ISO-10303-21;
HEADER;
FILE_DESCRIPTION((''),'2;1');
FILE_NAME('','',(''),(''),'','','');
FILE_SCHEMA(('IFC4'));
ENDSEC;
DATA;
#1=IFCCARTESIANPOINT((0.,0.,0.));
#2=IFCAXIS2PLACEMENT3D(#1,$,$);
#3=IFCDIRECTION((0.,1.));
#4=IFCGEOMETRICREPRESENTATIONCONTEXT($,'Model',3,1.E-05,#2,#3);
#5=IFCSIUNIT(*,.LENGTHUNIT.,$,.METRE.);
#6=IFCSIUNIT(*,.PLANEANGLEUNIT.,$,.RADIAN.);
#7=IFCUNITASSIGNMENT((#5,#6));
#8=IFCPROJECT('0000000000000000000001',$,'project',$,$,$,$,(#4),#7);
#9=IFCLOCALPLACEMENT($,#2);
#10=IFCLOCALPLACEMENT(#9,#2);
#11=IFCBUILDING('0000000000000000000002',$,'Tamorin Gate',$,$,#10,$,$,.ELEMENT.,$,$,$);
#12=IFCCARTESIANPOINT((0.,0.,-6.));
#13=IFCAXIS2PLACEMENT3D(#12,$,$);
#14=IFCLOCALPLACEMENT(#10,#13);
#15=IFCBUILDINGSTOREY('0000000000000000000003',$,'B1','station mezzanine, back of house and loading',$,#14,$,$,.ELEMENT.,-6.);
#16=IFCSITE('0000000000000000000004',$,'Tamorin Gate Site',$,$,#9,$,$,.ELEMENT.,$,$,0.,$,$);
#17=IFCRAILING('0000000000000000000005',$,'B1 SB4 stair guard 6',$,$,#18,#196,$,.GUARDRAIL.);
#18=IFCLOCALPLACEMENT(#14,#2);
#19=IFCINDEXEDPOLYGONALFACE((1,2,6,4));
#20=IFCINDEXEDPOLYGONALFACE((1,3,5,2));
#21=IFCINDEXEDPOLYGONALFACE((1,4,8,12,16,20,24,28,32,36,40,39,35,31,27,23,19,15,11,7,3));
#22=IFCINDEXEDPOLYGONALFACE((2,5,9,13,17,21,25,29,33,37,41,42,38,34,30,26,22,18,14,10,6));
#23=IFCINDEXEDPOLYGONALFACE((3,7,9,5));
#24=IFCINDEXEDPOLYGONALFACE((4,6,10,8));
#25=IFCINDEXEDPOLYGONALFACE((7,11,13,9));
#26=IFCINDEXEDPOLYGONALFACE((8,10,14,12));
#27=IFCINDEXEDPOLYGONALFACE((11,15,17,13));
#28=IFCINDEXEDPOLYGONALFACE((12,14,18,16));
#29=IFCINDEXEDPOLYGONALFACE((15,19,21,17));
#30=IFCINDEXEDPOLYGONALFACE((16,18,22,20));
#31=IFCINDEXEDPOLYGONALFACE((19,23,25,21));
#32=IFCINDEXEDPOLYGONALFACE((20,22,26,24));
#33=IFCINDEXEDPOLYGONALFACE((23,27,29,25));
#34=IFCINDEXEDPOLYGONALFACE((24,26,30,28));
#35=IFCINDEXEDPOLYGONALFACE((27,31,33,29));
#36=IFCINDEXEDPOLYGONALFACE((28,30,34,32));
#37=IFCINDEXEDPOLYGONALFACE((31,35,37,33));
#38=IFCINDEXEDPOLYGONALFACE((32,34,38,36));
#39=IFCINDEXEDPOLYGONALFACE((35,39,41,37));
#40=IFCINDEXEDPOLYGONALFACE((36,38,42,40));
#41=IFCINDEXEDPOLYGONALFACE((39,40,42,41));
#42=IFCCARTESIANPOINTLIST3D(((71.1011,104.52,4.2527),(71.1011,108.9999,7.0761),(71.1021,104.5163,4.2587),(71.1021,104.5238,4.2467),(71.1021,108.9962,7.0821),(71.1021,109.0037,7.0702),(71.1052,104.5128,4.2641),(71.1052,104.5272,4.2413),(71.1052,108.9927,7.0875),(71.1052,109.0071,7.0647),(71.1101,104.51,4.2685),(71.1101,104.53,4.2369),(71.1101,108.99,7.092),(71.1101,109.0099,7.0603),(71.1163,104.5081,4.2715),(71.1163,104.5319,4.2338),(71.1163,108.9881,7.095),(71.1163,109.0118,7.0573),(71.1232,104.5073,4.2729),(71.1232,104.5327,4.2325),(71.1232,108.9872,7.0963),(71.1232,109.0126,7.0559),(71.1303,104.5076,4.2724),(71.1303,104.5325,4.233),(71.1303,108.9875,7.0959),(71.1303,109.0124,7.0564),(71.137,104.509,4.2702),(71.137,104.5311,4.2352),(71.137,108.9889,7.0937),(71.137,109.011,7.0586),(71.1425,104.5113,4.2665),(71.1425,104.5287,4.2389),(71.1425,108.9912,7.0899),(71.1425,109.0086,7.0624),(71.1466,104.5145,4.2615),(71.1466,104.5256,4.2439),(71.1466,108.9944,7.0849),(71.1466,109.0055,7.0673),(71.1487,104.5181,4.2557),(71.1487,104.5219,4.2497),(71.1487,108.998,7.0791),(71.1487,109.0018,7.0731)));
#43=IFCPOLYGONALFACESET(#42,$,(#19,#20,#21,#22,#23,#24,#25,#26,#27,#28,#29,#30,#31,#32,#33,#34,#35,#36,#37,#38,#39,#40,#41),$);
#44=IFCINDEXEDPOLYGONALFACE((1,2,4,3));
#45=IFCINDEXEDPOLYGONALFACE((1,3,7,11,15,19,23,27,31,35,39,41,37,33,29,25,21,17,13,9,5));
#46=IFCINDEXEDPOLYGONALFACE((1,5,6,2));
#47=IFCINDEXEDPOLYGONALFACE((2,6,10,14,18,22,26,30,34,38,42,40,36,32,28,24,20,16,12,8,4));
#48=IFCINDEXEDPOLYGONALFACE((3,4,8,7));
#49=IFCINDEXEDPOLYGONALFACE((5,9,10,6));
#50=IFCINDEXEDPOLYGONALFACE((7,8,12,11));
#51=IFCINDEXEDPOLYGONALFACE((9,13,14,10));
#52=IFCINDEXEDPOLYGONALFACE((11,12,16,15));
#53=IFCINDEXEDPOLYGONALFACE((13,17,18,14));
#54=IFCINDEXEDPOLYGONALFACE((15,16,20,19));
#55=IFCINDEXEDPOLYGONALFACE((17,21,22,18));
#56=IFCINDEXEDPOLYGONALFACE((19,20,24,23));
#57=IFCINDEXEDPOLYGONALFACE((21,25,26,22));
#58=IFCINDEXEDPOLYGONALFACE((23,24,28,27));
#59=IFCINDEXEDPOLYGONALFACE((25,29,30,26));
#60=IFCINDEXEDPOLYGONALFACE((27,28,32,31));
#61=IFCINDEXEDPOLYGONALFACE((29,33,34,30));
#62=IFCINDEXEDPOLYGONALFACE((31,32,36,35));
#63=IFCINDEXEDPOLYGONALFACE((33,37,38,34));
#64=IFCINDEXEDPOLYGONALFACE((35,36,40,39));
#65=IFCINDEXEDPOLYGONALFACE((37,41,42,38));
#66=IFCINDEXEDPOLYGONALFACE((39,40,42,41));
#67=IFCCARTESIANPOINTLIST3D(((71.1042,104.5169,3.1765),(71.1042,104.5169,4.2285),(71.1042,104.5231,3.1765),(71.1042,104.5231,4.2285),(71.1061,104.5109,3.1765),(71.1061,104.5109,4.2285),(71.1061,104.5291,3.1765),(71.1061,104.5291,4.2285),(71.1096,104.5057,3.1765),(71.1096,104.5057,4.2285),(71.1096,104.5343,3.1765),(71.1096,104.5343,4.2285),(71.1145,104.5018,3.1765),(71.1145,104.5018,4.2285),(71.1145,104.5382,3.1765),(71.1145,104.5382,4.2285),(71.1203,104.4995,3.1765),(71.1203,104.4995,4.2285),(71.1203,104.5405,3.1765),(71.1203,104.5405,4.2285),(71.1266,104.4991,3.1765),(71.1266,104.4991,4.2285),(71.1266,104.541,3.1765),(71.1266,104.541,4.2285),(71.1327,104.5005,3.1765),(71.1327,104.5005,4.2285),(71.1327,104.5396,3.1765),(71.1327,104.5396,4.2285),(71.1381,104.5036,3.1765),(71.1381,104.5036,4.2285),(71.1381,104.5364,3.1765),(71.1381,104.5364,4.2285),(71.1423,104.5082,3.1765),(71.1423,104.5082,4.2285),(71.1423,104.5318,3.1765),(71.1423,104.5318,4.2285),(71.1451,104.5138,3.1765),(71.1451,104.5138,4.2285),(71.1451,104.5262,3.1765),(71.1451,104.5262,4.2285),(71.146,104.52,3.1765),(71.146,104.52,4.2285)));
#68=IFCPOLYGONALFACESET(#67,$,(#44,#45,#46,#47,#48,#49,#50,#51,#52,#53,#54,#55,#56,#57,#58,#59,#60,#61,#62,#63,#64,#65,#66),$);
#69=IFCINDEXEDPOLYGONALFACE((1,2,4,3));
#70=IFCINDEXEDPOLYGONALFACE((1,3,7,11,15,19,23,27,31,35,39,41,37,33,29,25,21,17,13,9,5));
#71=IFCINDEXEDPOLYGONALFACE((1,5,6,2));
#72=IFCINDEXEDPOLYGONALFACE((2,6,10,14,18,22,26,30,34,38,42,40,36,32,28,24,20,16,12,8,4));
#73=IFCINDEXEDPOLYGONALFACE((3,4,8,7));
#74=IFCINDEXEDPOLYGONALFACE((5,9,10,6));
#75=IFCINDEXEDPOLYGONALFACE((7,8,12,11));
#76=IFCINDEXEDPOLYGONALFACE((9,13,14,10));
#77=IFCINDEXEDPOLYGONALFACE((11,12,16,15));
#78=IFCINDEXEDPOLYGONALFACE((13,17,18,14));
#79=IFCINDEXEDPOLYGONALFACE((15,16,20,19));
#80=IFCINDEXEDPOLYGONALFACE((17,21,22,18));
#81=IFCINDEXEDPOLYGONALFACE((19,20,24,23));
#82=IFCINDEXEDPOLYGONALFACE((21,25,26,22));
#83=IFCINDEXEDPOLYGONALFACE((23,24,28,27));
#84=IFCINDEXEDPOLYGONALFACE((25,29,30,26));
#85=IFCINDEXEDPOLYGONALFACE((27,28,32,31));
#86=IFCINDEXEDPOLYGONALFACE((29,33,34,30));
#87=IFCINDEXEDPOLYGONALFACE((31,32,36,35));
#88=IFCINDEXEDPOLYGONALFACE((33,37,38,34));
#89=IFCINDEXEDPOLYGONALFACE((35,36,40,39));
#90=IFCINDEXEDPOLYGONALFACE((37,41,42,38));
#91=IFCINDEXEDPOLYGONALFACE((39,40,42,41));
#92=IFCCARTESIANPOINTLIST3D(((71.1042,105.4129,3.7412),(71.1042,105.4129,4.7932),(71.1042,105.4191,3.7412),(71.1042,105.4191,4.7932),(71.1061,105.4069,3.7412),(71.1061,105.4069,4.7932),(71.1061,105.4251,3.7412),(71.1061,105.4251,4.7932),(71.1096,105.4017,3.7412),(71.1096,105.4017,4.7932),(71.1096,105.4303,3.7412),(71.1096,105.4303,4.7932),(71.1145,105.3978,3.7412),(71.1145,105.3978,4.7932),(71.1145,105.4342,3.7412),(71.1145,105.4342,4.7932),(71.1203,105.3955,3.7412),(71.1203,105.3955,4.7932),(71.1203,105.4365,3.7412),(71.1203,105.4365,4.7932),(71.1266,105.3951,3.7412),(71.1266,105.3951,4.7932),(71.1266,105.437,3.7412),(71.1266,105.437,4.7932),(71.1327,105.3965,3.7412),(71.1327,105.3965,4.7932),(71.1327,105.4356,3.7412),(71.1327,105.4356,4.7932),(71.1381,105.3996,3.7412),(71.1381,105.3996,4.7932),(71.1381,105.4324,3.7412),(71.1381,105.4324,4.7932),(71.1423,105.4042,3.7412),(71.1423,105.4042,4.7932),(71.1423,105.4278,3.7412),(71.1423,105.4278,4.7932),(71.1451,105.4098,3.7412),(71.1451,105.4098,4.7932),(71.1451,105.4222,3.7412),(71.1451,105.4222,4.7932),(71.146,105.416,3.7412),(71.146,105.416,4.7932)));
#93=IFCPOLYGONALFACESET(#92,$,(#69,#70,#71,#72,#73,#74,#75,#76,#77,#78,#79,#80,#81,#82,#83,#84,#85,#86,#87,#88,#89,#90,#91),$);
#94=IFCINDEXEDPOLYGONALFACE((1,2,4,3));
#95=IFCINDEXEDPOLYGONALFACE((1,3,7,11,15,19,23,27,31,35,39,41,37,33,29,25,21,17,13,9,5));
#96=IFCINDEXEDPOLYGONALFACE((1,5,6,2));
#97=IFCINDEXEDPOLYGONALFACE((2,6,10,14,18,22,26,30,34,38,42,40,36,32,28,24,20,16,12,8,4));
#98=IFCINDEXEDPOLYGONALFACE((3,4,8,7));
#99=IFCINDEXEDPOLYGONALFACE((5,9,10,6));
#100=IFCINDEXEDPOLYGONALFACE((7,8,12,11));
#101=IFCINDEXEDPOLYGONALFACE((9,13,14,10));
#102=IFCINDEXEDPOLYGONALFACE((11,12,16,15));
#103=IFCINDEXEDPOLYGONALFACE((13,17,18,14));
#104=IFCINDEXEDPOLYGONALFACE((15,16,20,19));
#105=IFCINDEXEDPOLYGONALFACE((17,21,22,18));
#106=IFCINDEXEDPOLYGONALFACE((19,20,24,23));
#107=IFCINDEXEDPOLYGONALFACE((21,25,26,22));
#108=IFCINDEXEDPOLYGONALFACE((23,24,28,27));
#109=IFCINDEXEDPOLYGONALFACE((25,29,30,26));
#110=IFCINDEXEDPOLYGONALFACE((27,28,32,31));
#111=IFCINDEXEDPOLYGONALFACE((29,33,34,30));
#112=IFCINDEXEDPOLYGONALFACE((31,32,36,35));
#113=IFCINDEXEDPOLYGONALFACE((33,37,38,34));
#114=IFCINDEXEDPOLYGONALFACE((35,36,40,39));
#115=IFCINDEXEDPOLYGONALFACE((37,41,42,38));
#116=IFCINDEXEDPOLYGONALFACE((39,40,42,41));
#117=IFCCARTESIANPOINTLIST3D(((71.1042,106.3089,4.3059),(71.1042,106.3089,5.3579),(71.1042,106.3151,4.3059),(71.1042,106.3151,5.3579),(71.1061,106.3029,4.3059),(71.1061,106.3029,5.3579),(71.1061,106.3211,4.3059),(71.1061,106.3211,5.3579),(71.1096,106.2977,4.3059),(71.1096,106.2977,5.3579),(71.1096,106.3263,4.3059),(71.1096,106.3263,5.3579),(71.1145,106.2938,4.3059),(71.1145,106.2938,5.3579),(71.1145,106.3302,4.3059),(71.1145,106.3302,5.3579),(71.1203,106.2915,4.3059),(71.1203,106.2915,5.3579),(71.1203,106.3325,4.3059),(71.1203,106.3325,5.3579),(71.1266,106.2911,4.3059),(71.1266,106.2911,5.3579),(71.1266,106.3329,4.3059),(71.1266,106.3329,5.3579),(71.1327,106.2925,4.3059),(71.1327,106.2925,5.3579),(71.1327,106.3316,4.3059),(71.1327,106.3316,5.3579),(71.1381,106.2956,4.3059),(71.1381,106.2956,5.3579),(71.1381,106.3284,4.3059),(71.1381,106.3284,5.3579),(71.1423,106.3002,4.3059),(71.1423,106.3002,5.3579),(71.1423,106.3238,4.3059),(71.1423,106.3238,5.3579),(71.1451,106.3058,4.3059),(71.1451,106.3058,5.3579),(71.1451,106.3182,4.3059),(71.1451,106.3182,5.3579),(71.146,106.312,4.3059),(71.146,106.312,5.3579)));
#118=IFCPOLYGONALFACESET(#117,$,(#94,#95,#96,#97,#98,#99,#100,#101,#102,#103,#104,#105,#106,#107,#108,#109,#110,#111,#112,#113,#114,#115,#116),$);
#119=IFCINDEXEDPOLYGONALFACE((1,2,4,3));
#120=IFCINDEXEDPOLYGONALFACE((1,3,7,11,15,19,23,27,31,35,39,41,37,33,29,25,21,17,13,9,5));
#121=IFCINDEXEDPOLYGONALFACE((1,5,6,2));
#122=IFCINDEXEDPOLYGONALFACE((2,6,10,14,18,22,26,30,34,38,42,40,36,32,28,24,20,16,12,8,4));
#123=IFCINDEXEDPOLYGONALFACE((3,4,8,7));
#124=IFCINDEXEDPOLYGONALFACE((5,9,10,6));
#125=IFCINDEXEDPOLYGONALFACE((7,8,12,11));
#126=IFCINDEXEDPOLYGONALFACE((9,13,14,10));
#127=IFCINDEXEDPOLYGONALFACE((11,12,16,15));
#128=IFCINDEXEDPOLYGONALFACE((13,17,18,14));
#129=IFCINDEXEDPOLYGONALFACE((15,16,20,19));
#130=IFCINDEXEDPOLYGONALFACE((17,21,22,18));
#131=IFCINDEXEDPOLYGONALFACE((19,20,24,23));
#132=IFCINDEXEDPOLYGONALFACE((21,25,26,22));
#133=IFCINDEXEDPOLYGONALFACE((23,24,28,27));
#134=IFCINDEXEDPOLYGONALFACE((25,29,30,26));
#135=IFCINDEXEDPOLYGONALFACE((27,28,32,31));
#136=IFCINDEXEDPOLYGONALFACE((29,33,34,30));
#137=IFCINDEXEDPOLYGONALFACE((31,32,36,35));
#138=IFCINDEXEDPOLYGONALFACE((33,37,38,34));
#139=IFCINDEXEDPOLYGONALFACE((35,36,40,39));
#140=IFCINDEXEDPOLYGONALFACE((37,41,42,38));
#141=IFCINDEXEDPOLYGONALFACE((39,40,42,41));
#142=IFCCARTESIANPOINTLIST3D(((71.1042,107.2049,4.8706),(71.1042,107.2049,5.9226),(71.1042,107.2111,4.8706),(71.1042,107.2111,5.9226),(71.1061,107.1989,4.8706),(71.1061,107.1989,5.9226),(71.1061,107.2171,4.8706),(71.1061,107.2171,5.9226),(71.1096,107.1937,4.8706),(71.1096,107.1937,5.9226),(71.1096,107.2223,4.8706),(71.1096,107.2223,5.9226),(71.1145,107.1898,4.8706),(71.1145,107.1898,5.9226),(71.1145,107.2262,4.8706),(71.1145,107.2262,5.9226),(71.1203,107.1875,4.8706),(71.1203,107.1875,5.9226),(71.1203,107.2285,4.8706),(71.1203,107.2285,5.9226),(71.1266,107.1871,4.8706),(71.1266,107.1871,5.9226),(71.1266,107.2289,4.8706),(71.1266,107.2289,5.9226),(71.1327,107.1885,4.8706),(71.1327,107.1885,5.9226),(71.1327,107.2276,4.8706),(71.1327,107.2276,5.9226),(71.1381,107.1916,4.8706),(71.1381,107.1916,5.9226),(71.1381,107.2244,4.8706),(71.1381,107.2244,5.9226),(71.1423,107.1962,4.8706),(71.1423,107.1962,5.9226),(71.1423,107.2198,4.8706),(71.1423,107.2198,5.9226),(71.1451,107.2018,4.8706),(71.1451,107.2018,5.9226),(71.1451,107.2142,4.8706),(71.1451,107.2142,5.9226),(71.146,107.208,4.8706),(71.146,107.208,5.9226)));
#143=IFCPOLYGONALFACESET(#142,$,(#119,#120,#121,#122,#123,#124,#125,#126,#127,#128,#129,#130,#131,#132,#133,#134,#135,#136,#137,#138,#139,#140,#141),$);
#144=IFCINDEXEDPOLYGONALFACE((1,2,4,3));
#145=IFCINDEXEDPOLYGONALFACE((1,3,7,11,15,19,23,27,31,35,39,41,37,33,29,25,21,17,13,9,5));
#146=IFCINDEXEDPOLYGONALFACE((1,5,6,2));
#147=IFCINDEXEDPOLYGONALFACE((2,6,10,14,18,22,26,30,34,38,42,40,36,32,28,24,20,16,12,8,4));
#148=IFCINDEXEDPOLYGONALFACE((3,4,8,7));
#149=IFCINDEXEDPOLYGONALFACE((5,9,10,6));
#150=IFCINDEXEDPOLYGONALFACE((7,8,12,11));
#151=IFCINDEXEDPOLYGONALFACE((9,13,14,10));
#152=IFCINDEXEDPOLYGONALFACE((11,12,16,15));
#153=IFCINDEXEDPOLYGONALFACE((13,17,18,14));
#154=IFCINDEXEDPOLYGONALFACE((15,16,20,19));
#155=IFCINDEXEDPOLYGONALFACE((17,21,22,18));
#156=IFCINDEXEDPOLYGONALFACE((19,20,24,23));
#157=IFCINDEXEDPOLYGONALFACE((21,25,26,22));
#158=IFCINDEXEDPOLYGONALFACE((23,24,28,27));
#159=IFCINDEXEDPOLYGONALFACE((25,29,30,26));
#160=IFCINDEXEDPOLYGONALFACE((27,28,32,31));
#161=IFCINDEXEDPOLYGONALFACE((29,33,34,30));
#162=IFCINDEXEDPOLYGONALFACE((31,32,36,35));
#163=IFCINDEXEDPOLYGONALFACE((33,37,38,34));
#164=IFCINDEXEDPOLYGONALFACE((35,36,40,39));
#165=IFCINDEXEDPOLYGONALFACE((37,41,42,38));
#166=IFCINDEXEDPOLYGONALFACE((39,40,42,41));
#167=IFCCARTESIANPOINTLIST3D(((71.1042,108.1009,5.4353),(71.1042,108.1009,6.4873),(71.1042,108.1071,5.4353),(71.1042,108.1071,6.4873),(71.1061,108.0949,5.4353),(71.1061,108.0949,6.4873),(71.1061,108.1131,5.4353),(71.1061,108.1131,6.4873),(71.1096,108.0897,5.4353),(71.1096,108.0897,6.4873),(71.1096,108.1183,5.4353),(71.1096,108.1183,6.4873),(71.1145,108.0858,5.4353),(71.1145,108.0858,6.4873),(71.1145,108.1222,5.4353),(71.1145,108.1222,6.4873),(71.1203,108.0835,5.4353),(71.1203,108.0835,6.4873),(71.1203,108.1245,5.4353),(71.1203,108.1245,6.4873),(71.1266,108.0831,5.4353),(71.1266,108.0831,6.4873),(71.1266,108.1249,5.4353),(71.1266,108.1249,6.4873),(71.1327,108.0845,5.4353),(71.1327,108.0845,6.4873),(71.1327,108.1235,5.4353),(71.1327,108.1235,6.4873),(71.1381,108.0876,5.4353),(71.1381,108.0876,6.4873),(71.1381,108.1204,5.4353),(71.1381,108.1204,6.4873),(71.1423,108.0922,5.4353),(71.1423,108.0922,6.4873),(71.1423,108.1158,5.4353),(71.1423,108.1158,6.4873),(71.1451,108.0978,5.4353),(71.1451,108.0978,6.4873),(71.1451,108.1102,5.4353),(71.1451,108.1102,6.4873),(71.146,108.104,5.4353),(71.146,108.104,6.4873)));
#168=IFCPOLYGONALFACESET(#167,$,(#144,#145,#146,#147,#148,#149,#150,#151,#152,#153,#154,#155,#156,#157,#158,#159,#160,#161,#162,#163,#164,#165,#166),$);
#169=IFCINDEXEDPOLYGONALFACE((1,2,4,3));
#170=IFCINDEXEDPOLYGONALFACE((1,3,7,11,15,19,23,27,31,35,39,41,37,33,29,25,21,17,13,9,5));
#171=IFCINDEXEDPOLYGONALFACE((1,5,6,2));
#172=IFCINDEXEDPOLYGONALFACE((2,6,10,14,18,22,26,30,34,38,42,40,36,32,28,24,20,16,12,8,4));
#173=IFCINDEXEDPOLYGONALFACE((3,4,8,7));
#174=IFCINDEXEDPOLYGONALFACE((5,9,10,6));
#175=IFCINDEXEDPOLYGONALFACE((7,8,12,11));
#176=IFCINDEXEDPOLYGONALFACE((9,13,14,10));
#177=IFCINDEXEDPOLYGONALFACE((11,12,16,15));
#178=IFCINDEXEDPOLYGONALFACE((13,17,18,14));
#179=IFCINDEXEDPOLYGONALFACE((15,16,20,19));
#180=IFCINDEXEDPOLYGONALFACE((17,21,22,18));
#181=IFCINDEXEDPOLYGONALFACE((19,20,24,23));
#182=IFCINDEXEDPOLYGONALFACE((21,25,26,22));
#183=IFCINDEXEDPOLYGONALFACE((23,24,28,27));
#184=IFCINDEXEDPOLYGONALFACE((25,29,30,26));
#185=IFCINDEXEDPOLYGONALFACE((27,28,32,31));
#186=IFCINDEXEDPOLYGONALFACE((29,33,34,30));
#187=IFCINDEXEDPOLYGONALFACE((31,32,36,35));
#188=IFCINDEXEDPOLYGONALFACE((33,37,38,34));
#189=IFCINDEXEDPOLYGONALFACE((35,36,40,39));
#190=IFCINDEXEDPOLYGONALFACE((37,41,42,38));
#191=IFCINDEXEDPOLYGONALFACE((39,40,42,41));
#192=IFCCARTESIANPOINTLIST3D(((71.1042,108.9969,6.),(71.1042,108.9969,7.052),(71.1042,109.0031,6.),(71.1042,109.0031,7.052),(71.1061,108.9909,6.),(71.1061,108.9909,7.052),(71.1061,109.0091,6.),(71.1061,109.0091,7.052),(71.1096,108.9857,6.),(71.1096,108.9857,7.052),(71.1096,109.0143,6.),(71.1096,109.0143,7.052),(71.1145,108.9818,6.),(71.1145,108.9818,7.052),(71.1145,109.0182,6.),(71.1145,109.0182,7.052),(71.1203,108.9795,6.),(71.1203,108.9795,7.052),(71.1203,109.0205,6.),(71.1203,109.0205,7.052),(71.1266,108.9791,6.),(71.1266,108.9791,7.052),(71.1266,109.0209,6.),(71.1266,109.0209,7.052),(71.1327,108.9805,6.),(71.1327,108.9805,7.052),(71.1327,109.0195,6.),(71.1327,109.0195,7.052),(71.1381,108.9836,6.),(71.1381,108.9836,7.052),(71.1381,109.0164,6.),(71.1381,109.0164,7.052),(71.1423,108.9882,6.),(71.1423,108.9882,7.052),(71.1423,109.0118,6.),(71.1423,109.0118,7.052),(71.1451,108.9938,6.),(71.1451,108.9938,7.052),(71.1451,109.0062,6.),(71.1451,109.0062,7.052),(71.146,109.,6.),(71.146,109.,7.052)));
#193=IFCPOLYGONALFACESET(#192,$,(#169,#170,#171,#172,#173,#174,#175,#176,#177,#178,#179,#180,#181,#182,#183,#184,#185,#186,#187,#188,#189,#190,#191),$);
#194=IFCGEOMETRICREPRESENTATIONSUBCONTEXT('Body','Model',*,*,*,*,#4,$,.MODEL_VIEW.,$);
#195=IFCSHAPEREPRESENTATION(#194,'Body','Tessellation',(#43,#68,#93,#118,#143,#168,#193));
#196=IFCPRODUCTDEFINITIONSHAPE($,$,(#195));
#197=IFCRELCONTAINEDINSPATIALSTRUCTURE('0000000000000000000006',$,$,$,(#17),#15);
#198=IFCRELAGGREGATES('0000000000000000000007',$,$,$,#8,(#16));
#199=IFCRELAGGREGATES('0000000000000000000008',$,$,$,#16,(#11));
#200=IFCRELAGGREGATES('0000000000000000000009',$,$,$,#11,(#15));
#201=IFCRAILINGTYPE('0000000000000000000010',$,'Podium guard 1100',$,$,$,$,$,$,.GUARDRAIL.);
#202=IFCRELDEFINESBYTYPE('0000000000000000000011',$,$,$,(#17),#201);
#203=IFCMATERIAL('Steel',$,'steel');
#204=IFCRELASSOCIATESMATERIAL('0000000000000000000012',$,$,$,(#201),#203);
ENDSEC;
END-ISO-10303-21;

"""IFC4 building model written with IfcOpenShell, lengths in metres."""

from ifc_helpers import new_model, si_unit, direction, frame, origin, origin_2d, place, context, subcontext, project, spatial, circle, extrude, material, type_object, element, save


model = new_model("IFC4")

# Units and contexts
model_context = context("Model", 3, precision=1e-05, world=origin(), true_north=direction((0.0, 1.0)))
body_context = subcontext(model_context, "Body", "Model", "MODEL_VIEW")
ifc_project = project(units=[si_unit("LENGTHUNIT", "METRE"), si_unit("PLANEANGLEUNIT", "RADIAN")], contexts=[model_context])

# Site, building, storey
site_placement = place(None, origin())
site = spatial("IfcSite", under=ifc_project, at=site_placement, Name="Tamorin Gate Site", CompositionType="ELEMENT", RefElevation=0.0)
building_placement = place(site_placement, origin())
building = spatial("IfcBuilding", under=site, at=building_placement, Name="Tamorin Gate", CompositionType="ELEMENT")
storey_placement = place(building_placement, frame((0.0, 0.0, -6.0)))
storey = spatial("IfcBuildingStorey", under=building, at=storey_placement, Name="B1", Description="station mezzanine, back of house and loading", CompositionType="ELEMENT", Elevation=-6.0)

# Railing
ifc_material_1 = material(Name="Steel", Category="steel")
railing_type_1 = type_object("IfcRailingType", Name="Podium guard 1100", PredefinedType="GUARDRAIL", material=ifc_material_1)
railing_1_placement = place(storey_placement, frame((71.125, 104.52, 3.1765)))
element("IfcRailing", 1, at=railing_1_placement, inside=storey, type_object=railing_type_1, Name="B1 SB4 stair guard 6", PredefinedType="GUARDRAIL", context=body_context, shape_type="SweptSolid", body=[
    extrude(circle(Radius=0.0239, at=origin_2d()), frame((0.0, 0.0, 1.0762), z_axis=(0.0, 0.845998, 0.533186), x_axis=(-1.0, 0.0, 0.0)), (0.0, 0.0, 1.0), 5.2954),
    extrude(circle(Radius=0.021, at=origin_2d()), origin(), (0.0, 0.0, 1.0), 1.052),
    extrude(circle(Radius=0.021, at=origin_2d()), frame((0.0, 0.896, 0.5647)), (0.0, 0.0, 1.0), 1.052),
    extrude(circle(Radius=0.021, at=origin_2d()), frame((0.0, 1.792, 1.1294)), (0.0, 0.0, 1.0), 1.052),
    extrude(circle(Radius=0.021, at=origin_2d()), frame((0.0, 2.688, 1.6941)), (0.0, 0.0, 1.0), 1.052),
    extrude(circle(Radius=0.021, at=origin_2d()), frame((0.0, 3.584, 2.2588)), (0.0, 0.0, 1.0), 1.052),
    extrude(circle(Radius=0.021, at=origin_2d()), frame((0.0, 4.48, 2.8235)), (0.0, 0.0, 1.0), 1.052),
])

save(model, "model.ifc")
